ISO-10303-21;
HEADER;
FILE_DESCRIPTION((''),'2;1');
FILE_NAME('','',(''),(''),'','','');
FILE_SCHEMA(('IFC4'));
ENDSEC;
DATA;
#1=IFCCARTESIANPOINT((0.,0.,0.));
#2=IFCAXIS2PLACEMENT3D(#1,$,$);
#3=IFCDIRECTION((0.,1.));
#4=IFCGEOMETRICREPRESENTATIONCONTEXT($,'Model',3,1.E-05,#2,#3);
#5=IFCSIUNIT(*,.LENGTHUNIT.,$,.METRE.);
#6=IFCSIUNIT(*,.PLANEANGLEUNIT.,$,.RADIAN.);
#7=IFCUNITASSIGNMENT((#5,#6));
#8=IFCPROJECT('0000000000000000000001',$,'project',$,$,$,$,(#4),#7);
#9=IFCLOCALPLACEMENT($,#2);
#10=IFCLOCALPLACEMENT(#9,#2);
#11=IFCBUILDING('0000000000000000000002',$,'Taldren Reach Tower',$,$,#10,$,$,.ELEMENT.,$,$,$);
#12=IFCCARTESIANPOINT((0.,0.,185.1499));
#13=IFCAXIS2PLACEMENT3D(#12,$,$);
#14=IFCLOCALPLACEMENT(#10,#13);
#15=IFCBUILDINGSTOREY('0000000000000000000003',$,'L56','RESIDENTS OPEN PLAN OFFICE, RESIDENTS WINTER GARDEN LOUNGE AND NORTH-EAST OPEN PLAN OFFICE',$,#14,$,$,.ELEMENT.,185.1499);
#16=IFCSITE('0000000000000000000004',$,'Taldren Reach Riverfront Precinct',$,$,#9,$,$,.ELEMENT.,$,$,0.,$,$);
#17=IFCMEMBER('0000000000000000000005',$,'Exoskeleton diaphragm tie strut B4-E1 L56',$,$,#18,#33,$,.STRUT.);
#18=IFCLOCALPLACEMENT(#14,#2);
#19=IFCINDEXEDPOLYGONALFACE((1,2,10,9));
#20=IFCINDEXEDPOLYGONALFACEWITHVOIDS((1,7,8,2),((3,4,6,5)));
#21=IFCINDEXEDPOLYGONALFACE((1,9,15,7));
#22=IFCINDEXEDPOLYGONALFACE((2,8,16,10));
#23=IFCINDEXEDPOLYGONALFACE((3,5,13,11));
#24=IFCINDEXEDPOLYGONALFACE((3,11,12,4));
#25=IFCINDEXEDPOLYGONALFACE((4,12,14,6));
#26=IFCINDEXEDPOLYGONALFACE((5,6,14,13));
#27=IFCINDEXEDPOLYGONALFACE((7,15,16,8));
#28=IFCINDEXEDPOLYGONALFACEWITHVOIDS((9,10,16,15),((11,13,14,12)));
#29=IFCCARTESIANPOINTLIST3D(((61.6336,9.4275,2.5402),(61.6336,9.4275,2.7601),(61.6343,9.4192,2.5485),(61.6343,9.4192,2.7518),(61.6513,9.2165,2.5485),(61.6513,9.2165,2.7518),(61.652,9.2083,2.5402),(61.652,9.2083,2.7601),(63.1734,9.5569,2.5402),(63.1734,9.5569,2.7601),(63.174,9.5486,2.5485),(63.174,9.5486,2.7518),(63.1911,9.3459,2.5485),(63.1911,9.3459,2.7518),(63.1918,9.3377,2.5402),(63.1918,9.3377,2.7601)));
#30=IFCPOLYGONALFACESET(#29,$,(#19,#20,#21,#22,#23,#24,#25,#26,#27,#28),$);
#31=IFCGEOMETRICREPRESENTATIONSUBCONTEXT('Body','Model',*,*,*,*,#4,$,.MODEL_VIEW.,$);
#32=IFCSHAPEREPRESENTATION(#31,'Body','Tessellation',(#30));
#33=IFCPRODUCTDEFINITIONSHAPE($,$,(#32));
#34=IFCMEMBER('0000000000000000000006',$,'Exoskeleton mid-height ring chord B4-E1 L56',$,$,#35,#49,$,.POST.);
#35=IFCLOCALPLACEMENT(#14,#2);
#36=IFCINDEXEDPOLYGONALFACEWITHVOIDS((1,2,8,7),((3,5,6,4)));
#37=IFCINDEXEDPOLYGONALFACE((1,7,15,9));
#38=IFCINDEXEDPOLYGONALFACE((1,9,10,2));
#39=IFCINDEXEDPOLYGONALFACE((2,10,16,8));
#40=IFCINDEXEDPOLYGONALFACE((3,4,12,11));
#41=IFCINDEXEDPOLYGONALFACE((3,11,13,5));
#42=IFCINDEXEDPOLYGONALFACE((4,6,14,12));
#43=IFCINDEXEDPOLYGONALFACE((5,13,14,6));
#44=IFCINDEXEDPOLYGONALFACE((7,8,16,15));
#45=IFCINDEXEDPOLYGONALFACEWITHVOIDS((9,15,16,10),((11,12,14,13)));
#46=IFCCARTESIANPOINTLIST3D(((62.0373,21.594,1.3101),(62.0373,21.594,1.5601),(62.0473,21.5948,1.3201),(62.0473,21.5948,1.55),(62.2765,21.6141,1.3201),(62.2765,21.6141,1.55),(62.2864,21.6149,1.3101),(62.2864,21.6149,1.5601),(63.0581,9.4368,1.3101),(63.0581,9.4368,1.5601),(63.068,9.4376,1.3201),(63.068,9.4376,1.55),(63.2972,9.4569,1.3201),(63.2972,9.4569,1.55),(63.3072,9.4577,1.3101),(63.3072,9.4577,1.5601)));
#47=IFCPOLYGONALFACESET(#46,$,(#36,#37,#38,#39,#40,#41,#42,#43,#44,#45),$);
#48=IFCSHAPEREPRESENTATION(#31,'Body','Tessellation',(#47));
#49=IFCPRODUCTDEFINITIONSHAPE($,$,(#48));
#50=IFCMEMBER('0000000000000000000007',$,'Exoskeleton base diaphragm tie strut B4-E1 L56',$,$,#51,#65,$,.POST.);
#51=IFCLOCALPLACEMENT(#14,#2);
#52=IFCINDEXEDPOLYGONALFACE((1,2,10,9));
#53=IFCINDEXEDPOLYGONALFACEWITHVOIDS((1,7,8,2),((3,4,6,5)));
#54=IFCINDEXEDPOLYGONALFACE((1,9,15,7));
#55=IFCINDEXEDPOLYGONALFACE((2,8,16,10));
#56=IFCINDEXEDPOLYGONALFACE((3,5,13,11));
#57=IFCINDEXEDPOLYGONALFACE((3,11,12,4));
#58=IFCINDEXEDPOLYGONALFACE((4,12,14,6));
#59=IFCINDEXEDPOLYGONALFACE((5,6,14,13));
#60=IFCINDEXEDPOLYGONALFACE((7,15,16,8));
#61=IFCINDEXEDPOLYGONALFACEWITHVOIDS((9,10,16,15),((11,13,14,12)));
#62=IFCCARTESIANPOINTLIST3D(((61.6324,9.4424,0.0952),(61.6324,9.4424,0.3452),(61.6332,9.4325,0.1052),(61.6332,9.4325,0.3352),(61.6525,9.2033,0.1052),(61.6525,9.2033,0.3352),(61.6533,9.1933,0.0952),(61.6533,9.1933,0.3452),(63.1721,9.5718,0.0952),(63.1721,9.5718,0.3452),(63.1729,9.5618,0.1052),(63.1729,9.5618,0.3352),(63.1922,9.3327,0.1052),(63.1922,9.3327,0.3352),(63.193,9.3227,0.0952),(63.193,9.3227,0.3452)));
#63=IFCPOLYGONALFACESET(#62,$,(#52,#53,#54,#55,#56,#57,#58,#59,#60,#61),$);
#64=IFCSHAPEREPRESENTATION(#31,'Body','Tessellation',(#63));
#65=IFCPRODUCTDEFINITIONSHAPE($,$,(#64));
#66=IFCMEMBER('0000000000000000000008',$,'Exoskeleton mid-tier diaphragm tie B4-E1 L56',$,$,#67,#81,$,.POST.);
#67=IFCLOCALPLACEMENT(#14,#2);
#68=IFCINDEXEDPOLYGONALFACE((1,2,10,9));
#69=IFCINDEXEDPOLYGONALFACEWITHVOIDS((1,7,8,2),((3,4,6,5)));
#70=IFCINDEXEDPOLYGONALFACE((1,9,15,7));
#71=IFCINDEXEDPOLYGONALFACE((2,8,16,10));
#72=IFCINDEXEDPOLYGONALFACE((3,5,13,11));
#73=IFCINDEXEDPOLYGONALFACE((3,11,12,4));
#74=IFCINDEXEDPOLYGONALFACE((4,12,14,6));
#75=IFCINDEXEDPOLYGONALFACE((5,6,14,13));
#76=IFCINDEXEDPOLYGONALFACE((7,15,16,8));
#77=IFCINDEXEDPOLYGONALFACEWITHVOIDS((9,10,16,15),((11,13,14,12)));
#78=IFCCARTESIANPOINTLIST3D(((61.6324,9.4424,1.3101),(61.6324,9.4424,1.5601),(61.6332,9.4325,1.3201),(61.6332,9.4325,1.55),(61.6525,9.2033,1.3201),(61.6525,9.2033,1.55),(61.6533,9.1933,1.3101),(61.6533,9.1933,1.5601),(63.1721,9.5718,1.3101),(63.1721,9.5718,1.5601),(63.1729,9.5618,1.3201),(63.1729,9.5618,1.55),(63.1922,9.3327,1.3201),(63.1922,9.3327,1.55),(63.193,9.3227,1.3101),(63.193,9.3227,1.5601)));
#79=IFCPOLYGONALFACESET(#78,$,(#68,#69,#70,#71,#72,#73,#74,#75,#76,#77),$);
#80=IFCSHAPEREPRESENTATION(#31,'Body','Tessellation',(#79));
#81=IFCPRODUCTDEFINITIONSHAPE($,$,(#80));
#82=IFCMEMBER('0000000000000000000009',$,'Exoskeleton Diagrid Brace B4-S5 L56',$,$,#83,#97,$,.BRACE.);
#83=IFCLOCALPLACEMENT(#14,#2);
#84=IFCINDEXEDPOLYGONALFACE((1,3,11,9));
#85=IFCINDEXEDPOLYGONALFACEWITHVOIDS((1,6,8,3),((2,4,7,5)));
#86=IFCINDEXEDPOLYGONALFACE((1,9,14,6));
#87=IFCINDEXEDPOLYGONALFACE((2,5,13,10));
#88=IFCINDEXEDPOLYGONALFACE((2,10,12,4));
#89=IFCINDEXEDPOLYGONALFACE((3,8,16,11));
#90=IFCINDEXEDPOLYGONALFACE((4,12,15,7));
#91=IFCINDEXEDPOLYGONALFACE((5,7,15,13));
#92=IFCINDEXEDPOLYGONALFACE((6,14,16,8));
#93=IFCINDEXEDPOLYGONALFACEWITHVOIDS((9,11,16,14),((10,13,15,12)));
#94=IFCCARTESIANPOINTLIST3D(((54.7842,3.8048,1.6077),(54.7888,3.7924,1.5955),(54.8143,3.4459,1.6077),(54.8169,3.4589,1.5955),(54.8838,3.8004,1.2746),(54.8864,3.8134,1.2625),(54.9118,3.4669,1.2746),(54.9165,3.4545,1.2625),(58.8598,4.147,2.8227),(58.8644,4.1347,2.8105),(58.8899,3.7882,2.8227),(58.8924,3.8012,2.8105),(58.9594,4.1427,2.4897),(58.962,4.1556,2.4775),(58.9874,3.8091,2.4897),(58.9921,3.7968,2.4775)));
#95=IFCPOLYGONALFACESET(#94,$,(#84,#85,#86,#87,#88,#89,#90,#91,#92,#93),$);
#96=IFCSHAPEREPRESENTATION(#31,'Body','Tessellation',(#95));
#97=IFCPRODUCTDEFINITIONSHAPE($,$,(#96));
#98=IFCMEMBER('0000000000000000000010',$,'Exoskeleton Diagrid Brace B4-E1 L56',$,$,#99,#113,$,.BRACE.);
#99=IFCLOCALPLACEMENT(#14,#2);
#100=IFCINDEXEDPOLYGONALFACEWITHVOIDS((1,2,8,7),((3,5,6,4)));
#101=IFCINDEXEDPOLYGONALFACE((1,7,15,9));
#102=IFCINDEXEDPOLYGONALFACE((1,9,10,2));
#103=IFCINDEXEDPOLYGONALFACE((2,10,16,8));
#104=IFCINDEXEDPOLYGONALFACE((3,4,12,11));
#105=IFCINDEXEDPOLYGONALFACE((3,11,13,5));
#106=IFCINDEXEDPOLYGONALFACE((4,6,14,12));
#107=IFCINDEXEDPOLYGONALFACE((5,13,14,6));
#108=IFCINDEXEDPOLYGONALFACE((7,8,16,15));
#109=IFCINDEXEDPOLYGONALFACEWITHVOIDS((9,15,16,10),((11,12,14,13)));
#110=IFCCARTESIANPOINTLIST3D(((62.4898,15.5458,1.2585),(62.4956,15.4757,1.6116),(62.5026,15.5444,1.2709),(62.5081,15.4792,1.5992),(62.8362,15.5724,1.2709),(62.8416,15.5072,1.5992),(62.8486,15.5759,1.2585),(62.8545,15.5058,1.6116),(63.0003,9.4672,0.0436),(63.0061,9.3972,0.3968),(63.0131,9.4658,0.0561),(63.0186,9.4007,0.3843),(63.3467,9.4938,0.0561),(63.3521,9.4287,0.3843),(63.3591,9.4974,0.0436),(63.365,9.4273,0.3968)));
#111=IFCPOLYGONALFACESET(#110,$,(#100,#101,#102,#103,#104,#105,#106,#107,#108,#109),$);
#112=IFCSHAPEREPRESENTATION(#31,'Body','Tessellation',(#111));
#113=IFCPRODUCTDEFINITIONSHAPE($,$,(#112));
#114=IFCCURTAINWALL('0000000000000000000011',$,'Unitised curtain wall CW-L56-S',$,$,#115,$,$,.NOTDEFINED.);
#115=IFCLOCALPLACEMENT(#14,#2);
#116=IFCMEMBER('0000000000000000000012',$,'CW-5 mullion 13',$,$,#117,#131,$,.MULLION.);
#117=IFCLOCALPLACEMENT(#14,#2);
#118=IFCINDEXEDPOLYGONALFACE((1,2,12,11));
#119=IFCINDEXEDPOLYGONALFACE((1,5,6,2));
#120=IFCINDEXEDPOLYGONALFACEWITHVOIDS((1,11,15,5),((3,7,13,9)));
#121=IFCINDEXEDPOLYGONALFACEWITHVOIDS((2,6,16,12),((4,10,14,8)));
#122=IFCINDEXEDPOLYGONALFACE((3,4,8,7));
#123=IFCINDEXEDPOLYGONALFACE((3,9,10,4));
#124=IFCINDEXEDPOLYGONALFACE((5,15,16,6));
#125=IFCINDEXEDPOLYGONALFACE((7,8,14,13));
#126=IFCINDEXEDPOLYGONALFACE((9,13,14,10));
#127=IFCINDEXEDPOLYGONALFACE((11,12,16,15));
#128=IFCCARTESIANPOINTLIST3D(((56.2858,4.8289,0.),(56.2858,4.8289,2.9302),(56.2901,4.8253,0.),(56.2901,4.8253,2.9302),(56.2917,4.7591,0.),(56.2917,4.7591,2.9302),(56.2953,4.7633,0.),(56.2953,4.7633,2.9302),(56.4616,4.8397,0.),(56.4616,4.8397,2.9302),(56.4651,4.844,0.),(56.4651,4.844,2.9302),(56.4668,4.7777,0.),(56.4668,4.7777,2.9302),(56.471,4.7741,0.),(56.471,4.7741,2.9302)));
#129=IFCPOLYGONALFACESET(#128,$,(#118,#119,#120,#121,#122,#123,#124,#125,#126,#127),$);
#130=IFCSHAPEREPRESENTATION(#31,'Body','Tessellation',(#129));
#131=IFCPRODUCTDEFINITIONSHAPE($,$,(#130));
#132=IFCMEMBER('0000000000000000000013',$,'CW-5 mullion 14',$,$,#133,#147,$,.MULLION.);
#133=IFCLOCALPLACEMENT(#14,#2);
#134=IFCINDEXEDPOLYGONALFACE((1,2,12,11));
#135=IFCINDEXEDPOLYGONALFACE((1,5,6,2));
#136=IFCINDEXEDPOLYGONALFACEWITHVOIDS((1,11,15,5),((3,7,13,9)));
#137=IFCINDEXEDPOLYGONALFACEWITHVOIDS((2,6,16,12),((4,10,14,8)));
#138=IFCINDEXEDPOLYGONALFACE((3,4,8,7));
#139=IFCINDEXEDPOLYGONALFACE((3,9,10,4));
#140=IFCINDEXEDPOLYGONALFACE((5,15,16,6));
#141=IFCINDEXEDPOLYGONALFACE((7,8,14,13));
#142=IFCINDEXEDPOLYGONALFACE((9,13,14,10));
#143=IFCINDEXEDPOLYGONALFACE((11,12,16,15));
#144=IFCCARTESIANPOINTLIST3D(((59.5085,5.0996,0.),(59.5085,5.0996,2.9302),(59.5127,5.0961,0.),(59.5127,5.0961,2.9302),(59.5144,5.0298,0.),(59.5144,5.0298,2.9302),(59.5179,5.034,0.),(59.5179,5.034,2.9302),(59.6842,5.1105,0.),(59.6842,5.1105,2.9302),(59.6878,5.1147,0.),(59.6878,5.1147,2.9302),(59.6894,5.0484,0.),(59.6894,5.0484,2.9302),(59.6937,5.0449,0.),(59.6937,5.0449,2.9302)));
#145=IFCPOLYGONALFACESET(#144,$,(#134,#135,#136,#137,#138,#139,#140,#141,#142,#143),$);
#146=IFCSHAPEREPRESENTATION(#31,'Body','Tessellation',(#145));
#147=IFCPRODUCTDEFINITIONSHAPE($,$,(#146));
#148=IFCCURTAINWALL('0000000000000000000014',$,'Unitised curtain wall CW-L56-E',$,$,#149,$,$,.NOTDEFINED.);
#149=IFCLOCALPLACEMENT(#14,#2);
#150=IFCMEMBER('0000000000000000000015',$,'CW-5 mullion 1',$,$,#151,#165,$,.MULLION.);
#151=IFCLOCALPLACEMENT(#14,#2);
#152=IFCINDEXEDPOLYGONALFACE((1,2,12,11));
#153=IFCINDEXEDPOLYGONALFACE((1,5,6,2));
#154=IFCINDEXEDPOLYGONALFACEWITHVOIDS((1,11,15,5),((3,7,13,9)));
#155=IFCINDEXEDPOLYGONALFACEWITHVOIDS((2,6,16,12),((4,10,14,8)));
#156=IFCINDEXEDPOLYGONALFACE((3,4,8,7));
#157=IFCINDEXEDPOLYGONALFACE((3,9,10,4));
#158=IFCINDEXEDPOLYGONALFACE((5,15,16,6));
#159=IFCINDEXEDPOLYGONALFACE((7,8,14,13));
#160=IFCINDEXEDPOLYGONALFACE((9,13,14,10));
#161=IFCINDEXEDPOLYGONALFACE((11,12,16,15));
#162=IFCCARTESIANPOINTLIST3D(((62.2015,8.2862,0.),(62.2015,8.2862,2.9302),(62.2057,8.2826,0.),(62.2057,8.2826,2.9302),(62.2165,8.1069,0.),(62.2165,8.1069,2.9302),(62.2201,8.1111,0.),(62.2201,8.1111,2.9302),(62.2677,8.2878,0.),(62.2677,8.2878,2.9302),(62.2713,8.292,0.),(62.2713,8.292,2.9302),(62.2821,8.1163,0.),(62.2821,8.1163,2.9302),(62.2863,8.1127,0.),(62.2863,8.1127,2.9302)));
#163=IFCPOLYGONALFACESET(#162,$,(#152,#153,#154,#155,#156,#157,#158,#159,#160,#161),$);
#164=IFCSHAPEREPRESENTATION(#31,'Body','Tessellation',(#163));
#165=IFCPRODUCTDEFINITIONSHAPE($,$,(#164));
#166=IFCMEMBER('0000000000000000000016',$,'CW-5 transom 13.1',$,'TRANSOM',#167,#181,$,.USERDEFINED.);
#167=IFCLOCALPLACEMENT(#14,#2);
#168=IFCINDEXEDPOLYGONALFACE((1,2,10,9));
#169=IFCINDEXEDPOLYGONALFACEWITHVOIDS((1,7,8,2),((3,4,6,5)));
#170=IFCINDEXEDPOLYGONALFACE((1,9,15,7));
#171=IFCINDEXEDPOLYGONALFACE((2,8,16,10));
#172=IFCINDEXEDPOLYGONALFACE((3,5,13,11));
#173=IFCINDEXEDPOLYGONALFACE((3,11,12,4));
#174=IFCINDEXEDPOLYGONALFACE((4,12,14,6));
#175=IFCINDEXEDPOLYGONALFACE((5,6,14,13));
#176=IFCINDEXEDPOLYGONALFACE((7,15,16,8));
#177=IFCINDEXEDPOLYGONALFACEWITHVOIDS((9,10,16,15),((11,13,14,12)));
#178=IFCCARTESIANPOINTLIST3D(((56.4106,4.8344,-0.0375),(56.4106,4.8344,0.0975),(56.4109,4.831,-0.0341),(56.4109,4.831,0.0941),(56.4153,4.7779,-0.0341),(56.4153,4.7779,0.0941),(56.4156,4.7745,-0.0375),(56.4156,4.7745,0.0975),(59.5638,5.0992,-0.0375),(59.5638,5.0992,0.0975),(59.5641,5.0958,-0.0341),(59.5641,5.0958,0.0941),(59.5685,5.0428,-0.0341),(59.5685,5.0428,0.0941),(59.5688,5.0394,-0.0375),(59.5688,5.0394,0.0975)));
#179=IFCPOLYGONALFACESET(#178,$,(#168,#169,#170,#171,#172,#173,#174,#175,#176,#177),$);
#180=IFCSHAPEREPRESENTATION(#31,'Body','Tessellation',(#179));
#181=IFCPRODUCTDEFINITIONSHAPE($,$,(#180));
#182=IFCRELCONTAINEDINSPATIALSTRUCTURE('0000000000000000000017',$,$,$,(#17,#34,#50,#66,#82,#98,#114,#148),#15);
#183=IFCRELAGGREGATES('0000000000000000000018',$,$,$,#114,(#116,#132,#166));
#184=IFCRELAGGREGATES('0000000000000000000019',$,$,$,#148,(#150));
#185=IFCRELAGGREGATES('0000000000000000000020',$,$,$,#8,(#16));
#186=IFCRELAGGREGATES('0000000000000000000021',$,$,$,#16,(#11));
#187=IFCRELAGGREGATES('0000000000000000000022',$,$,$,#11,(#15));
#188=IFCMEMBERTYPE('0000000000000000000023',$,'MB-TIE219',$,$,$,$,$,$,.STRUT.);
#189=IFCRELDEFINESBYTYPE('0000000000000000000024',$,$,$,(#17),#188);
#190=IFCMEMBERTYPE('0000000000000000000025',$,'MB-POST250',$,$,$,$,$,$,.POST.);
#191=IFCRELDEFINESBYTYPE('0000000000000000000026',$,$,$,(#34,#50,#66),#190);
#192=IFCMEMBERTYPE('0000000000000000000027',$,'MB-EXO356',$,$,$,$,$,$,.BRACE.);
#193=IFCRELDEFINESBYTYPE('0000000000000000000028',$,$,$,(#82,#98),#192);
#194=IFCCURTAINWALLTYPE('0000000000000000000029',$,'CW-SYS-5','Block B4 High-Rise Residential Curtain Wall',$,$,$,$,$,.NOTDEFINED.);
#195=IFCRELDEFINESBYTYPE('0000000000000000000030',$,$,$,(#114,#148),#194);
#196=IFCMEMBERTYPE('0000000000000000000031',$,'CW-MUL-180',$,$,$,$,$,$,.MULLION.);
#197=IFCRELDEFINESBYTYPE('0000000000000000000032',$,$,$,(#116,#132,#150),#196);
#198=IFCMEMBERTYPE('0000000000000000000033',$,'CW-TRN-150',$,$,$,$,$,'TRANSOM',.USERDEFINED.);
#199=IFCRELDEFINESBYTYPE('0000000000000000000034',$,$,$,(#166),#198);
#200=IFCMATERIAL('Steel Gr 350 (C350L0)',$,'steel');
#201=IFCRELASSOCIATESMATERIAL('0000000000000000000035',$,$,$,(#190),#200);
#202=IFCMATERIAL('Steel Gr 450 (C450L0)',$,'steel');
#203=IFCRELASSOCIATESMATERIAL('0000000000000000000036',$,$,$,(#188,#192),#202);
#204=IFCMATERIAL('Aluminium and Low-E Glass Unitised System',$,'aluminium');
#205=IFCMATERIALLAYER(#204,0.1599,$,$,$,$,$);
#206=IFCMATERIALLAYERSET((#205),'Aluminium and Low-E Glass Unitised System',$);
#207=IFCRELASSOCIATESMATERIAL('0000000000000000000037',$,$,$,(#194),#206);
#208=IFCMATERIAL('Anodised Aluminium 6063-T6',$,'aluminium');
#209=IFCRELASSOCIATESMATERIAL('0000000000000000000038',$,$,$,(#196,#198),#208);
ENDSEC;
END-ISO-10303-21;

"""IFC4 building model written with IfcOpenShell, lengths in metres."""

from ifc_helpers import new_model, si_unit, direction, frame, origin, origin_2d, place, context, subcontext, project, spatial, hollow_rectangle, extrude, source, transform, mapped, material, layer, layer_set, material_profile, profile_set, type_object, element, aggregate, save


model = new_model("IFC4")

# Units and contexts
model_context = context("Model", 3, precision=1e-05, world=origin(), true_north=direction((0.0, 1.0)))
body_context = subcontext(model_context, "Body", "Model", "MODEL_VIEW")
ifc_project = project(units=[si_unit("LENGTHUNIT", "METRE"), si_unit("PLANEANGLEUNIT", "RADIAN")], contexts=[model_context])

# Site, building, storey
site_placement = place(None, origin())
site = spatial("IfcSite", under=ifc_project, at=site_placement, Name="Taldren Reach Riverfront Precinct", CompositionType="ELEMENT", RefElevation=0.0)
building_placement = place(site_placement, origin())
building = spatial("IfcBuilding", under=site, at=building_placement, Name="Taldren Reach Tower", CompositionType="ELEMENT")
storey_placement = place(building_placement, frame((0.0, 0.0, 185.1499)))
storey = spatial("IfcBuildingStorey", under=building, at=storey_placement, Name="L56", Description="RESIDENTS OPEN PLAN OFFICE, RESIDENTS WINTER GARDEN LOUNGE AND NORTH-EAST OPEN PLAN OFFICE", CompositionType="ELEMENT", Elevation=185.1499)

# Shared definitions
ifc_material_1 = material(Name="Steel Gr 350 (C350L0)", Category="steel")

# Shared definitions
ifc_material_profile_1 = material_profile(ifc_material_1, hollow_rectangle(XDim=0.25, YDim=0.25, WallThickness=0.01, at=origin_2d()), Name="250x250x10.0SHS")
ifc_profile_set_1 = profile_set([ifc_material_profile_1], Name="Steel Gr 350 (C350L0)")
member_type_1 = type_object("IfcMemberType", Name="MB-POST250", PredefinedType="POST", material=ifc_profile_set_1)

# Members
ifc_material_2 = material(Name="Steel Gr 450 (C450L0)", Category="steel")
ifc_material_profile_2 = material_profile(ifc_material_2, hollow_rectangle(XDim=0.22, YDim=0.22, WallThickness=0.0083, at=origin_2d()), Name="220x220x8.2SHS")
ifc_profile_set_2 = profile_set([ifc_material_profile_2], Name="Steel Gr 450 (C450L0)")
member_type_2 = type_object("IfcMemberType", Name="MB-TIE219", PredefinedType="STRUT", material=ifc_profile_set_2)
shared_shape_1 = source(origin(), body_context, "Body", "SweptSolid", [
    extrude(hollow_rectangle(XDim=0.22, YDim=0.22, WallThickness=0.0083, at=origin_2d()), origin(), (0.0, 0.0, 1.0), 1.5452),
])
member_1_placement = place(storey_placement, frame((61.6428, 9.3179, 2.6501), z_axis=(0.996488, 0.083738, 0.0), x_axis=(-0.083738, 0.996488, 0.0)))
element("IfcMember", 1, at=member_1_placement, inside=storey, type_object=member_type_2, Name="Exoskeleton diaphragm tie strut B4-E1 L56", PredefinedType="STRUT", context=body_context, shape_type="MappedRepresentation", body=[
    mapped(shared_shape_1, transform((0.0, 0.0, 0.0), scale=1.0)),
])
shared_shape_2 = source(origin(), body_context, "Body", "SweptSolid", [
    extrude(hollow_rectangle(XDim=0.25, YDim=0.25, WallThickness=0.01, at=origin_2d()), origin(), (0.0, 0.0, 1.0), 12.2),
])
member_2_placement = place(storey_placement, frame((63.1826, 9.4473, 1.4351), z_axis=(-0.083668, 0.996494, 0.0), x_axis=(-0.996494, -0.083668, 0.0)))
element("IfcMember", 2, at=member_2_placement, inside=storey, type_object=member_type_1, Name="Exoskeleton mid-height ring chord B4-E1 L56", PredefinedType="POST", context=body_context, shape_type="MappedRepresentation", body=[
    mapped(shared_shape_2, transform((0.0, 0.0, 0.0), scale=1.0)),
])
shared_shape_3 = source(origin(), body_context, "Body", "SweptSolid", [
    extrude(hollow_rectangle(XDim=0.25, YDim=0.25, WallThickness=0.01, at=origin_2d()), origin(), (0.0, 0.0, 1.0), 1.5452),
])
for number, where, z_axis, x_axis, name in (
    (3, (61.6428, 9.3179, 0.2202), (0.996488, 0.083738, 0.0), (-0.083738, 0.996488, 0.0), "Exoskeleton base diaphragm tie strut B4-E1 L56"),
    (4, (61.6428, 9.3179, 1.4351), (0.996488, 0.083738, 0.0), (-0.083738, 0.996488, 0.0), "Exoskeleton mid-tier diaphragm tie B4-E1 L56"),
):
    element("IfcMember", number, at=place(storey_placement, frame(where, z_axis=z_axis, x_axis=x_axis)), inside=storey, type_object=member_type_1, Name=name, PredefinedType="POST", context=body_context, shape_type="MappedRepresentation", body=[
        mapped(shared_shape_3, transform((0.0, 0.0, 0.0), scale=1.0)),
    ])
ifc_material_profile_3 = material_profile(ifc_material_2, hollow_rectangle(XDim=0.3601, YDim=0.3601, WallThickness=0.0127, at=origin_2d()), Name="360x360x12.7SHS")
ifc_profile_set_3 = profile_set([ifc_material_profile_3], Name="Steel Gr 450 (C450L0)")
member_type_3 = type_object("IfcMemberType", Name="MB-EXO356", PredefinedType="BRACE", material=ifc_profile_set_3)
shared_shape_4 = source(origin(), body_context, "Body", "SweptSolid", [
    extrude(hollow_rectangle(XDim=0.3601, YDim=0.3601, WallThickness=0.0127, at=origin_2d()), origin(), (0.0, 0.0, 1.0), 4.2666),
])
member_3_placement = place(storey_placement, frame((54.8503, 3.6296, 1.4351), z_axis=(0.955229, 0.080222, 0.284783), x_axis=(-0.083688, 0.996492, 0.0)))
element("IfcMember", 5, at=member_3_placement, inside=storey, type_object=member_type_3, Name="Exoskeleton Diagrid Brace B4-S5 L56", PredefinedType="BRACE", context=body_context, shape_type="MappedRepresentation", body=[
    mapped(shared_shape_4, transform((0.0, 0.0, 0.0), scale=1.0)),
])
shared_shape_5 = source(origin(), body_context, "Body", "SweptSolid", [
    extrude(hollow_rectangle(XDim=0.3601, YDim=0.3601, WallThickness=0.0127, at=origin_2d()), origin(), (0.0, 0.0, 1.0), 6.2197),
])
member_4_placement = place(storey_placement, frame((63.1826, 9.4473, 0.2202), z_axis=(-0.082076, 0.977299, 0.195319), x_axis=(-0.996492, -0.083688, 0.0)))
element("IfcMember", 6, at=member_4_placement, inside=storey, type_object=member_type_3, Name="Exoskeleton Diagrid Brace B4-E1 L56", PredefinedType="BRACE", context=body_context, shape_type="MappedRepresentation", body=[
    mapped(shared_shape_5, transform((0.0, 0.0, 0.0), scale=1.0)),
])

# Curtain wall, members
ifc_material_3 = material(Name="Aluminium and Low-E Glass Unitised System", Category="aluminium")
ifc_layer_1 = layer(ifc_material_3, 0.1599)
ifc_layer_set_1 = layer_set([ifc_layer_1], Name="Aluminium and Low-E Glass Unitised System")
curtain_wall_type = type_object("IfcCurtainWallType", Name="CW-SYS-5", Description="Block B4 High-Rise Residential Curtain Wall", PredefinedType="NOTDEFINED", material=ifc_layer_set_1)
curtain_wall_1_placement = place(storey_placement, origin())
curtain_wall_1 = element("IfcCurtainWall", 7, at=curtain_wall_1_placement, inside=storey, type_object=curtain_wall_type, Name="Unitised curtain wall CW-L56-S", PredefinedType="NOTDEFINED")
ifc_material_4 = material(Name="Anodised Aluminium 6063-T6", Category="aluminium")
ifc_material_profile_4 = material_profile(ifc_material_4, hollow_rectangle(XDim=0.0701, YDim=0.1799, WallThickness=0.0039, at=origin_2d()), Name="ALU-180x70x4RHS")
ifc_profile_set_4 = profile_set([ifc_material_profile_4], Name="Anodised Aluminium 6063-T6")
member_type_4 = type_object("IfcMemberType", Name="CW-MUL-180", PredefinedType="MULLION", material=ifc_profile_set_4)
shared_shape_6 = source(origin(), body_context, "Body", "SweptSolid", [
    extrude(hollow_rectangle(XDim=0.0701, YDim=0.1799, WallThickness=0.0039, at=origin_2d()), origin(), (0.0, 0.0, 1.0), 2.9302),
])
member_5_placement = place(storey_placement, frame((56.3784, 4.8015, 0.0), z_axis=(0.0, 0.0, 1.0), x_axis=(-0.083678, 0.996493, 0.0)))
member_5 = element("IfcMember", 8, at=member_5_placement, type_object=member_type_4, Name="CW-5 mullion 13", PredefinedType="MULLION", context=body_context, shape_type="MappedRepresentation", body=[
    mapped(shared_shape_6, transform((0.0, 0.0, 0.0), scale=1.0)),
])
member_6_placement = place(storey_placement, frame((59.6011, 5.0723, 0.0), z_axis=(0.0, 0.0, 1.0), x_axis=(-0.083678, 0.996493, 0.0)))
member_6 = element("IfcMember", 9, at=member_6_placement, type_object=member_type_4, Name="CW-5 mullion 14", PredefinedType="MULLION", context=body_context, shape_type="MappedRepresentation", body=[
    mapped(shared_shape_6, transform((0.0, 0.0, 0.0), scale=1.0)),
])

# Curtain wall, member
curtain_wall_2_placement = place(storey_placement, origin())
curtain_wall_2 = element("IfcCurtainWall", 10, at=curtain_wall_2_placement, inside=storey, type_object=curtain_wall_type, Name="Unitised curtain wall CW-L56-E", PredefinedType="NOTDEFINED")
member_7_placement = place(storey_placement, frame((62.2439, 8.1995, 0.0), z_axis=(0.0, 0.0, 1.0), x_axis=(-0.996493, -0.083678, 0.0)))
member_7 = element("IfcMember", 11, at=member_7_placement, type_object=member_type_4, Name="CW-5 mullion 1", PredefinedType="MULLION", context=body_context, shape_type="MappedRepresentation", body=[
    mapped(shared_shape_6, transform((0.0, 0.0, 0.0), scale=1.0)),
])

# Member
ifc_material_profile_5 = material_profile(ifc_material_4, hollow_rectangle(XDim=0.0601, YDim=0.135, WallThickness=0.0034, at=origin_2d()), Name="ALU-135x60x3.5RHS")
ifc_profile_set_5 = profile_set([ifc_material_profile_5], Name="Anodised Aluminium 6063-T6")
member_type_5 = type_object("IfcMemberType", Name="CW-TRN-150", ElementType="TRANSOM", PredefinedType="USERDEFINED", material=ifc_profile_set_5)
shared_shape_7 = source(origin(), body_context, "Body", "SweptSolid", [
    extrude(hollow_rectangle(XDim=0.0601, YDim=0.135, WallThickness=0.0034, at=origin_2d()), origin(), (0.0, 0.0, 1.0), 3.1643),
])
member_8_placement = place(storey_placement, frame((56.4131, 4.8044, 0.03), z_axis=(0.99649, 0.083709, 0.0), x_axis=(-0.083709, 0.99649, 0.0)))
member_8 = element("IfcMember", 12, at=member_8_placement, type_object=member_type_5, Name="CW-5 transom 13.1", ObjectType="TRANSOM", PredefinedType="USERDEFINED", context=body_context, shape_type="MappedRepresentation", body=[
    mapped(shared_shape_7, transform((0.0, 0.0, 0.0), scale=1.0)),
])

aggregate(curtain_wall_1, [member_5, member_6, member_8])
aggregate(curtain_wall_2, [member_7])

save(model, "model.ifc")
